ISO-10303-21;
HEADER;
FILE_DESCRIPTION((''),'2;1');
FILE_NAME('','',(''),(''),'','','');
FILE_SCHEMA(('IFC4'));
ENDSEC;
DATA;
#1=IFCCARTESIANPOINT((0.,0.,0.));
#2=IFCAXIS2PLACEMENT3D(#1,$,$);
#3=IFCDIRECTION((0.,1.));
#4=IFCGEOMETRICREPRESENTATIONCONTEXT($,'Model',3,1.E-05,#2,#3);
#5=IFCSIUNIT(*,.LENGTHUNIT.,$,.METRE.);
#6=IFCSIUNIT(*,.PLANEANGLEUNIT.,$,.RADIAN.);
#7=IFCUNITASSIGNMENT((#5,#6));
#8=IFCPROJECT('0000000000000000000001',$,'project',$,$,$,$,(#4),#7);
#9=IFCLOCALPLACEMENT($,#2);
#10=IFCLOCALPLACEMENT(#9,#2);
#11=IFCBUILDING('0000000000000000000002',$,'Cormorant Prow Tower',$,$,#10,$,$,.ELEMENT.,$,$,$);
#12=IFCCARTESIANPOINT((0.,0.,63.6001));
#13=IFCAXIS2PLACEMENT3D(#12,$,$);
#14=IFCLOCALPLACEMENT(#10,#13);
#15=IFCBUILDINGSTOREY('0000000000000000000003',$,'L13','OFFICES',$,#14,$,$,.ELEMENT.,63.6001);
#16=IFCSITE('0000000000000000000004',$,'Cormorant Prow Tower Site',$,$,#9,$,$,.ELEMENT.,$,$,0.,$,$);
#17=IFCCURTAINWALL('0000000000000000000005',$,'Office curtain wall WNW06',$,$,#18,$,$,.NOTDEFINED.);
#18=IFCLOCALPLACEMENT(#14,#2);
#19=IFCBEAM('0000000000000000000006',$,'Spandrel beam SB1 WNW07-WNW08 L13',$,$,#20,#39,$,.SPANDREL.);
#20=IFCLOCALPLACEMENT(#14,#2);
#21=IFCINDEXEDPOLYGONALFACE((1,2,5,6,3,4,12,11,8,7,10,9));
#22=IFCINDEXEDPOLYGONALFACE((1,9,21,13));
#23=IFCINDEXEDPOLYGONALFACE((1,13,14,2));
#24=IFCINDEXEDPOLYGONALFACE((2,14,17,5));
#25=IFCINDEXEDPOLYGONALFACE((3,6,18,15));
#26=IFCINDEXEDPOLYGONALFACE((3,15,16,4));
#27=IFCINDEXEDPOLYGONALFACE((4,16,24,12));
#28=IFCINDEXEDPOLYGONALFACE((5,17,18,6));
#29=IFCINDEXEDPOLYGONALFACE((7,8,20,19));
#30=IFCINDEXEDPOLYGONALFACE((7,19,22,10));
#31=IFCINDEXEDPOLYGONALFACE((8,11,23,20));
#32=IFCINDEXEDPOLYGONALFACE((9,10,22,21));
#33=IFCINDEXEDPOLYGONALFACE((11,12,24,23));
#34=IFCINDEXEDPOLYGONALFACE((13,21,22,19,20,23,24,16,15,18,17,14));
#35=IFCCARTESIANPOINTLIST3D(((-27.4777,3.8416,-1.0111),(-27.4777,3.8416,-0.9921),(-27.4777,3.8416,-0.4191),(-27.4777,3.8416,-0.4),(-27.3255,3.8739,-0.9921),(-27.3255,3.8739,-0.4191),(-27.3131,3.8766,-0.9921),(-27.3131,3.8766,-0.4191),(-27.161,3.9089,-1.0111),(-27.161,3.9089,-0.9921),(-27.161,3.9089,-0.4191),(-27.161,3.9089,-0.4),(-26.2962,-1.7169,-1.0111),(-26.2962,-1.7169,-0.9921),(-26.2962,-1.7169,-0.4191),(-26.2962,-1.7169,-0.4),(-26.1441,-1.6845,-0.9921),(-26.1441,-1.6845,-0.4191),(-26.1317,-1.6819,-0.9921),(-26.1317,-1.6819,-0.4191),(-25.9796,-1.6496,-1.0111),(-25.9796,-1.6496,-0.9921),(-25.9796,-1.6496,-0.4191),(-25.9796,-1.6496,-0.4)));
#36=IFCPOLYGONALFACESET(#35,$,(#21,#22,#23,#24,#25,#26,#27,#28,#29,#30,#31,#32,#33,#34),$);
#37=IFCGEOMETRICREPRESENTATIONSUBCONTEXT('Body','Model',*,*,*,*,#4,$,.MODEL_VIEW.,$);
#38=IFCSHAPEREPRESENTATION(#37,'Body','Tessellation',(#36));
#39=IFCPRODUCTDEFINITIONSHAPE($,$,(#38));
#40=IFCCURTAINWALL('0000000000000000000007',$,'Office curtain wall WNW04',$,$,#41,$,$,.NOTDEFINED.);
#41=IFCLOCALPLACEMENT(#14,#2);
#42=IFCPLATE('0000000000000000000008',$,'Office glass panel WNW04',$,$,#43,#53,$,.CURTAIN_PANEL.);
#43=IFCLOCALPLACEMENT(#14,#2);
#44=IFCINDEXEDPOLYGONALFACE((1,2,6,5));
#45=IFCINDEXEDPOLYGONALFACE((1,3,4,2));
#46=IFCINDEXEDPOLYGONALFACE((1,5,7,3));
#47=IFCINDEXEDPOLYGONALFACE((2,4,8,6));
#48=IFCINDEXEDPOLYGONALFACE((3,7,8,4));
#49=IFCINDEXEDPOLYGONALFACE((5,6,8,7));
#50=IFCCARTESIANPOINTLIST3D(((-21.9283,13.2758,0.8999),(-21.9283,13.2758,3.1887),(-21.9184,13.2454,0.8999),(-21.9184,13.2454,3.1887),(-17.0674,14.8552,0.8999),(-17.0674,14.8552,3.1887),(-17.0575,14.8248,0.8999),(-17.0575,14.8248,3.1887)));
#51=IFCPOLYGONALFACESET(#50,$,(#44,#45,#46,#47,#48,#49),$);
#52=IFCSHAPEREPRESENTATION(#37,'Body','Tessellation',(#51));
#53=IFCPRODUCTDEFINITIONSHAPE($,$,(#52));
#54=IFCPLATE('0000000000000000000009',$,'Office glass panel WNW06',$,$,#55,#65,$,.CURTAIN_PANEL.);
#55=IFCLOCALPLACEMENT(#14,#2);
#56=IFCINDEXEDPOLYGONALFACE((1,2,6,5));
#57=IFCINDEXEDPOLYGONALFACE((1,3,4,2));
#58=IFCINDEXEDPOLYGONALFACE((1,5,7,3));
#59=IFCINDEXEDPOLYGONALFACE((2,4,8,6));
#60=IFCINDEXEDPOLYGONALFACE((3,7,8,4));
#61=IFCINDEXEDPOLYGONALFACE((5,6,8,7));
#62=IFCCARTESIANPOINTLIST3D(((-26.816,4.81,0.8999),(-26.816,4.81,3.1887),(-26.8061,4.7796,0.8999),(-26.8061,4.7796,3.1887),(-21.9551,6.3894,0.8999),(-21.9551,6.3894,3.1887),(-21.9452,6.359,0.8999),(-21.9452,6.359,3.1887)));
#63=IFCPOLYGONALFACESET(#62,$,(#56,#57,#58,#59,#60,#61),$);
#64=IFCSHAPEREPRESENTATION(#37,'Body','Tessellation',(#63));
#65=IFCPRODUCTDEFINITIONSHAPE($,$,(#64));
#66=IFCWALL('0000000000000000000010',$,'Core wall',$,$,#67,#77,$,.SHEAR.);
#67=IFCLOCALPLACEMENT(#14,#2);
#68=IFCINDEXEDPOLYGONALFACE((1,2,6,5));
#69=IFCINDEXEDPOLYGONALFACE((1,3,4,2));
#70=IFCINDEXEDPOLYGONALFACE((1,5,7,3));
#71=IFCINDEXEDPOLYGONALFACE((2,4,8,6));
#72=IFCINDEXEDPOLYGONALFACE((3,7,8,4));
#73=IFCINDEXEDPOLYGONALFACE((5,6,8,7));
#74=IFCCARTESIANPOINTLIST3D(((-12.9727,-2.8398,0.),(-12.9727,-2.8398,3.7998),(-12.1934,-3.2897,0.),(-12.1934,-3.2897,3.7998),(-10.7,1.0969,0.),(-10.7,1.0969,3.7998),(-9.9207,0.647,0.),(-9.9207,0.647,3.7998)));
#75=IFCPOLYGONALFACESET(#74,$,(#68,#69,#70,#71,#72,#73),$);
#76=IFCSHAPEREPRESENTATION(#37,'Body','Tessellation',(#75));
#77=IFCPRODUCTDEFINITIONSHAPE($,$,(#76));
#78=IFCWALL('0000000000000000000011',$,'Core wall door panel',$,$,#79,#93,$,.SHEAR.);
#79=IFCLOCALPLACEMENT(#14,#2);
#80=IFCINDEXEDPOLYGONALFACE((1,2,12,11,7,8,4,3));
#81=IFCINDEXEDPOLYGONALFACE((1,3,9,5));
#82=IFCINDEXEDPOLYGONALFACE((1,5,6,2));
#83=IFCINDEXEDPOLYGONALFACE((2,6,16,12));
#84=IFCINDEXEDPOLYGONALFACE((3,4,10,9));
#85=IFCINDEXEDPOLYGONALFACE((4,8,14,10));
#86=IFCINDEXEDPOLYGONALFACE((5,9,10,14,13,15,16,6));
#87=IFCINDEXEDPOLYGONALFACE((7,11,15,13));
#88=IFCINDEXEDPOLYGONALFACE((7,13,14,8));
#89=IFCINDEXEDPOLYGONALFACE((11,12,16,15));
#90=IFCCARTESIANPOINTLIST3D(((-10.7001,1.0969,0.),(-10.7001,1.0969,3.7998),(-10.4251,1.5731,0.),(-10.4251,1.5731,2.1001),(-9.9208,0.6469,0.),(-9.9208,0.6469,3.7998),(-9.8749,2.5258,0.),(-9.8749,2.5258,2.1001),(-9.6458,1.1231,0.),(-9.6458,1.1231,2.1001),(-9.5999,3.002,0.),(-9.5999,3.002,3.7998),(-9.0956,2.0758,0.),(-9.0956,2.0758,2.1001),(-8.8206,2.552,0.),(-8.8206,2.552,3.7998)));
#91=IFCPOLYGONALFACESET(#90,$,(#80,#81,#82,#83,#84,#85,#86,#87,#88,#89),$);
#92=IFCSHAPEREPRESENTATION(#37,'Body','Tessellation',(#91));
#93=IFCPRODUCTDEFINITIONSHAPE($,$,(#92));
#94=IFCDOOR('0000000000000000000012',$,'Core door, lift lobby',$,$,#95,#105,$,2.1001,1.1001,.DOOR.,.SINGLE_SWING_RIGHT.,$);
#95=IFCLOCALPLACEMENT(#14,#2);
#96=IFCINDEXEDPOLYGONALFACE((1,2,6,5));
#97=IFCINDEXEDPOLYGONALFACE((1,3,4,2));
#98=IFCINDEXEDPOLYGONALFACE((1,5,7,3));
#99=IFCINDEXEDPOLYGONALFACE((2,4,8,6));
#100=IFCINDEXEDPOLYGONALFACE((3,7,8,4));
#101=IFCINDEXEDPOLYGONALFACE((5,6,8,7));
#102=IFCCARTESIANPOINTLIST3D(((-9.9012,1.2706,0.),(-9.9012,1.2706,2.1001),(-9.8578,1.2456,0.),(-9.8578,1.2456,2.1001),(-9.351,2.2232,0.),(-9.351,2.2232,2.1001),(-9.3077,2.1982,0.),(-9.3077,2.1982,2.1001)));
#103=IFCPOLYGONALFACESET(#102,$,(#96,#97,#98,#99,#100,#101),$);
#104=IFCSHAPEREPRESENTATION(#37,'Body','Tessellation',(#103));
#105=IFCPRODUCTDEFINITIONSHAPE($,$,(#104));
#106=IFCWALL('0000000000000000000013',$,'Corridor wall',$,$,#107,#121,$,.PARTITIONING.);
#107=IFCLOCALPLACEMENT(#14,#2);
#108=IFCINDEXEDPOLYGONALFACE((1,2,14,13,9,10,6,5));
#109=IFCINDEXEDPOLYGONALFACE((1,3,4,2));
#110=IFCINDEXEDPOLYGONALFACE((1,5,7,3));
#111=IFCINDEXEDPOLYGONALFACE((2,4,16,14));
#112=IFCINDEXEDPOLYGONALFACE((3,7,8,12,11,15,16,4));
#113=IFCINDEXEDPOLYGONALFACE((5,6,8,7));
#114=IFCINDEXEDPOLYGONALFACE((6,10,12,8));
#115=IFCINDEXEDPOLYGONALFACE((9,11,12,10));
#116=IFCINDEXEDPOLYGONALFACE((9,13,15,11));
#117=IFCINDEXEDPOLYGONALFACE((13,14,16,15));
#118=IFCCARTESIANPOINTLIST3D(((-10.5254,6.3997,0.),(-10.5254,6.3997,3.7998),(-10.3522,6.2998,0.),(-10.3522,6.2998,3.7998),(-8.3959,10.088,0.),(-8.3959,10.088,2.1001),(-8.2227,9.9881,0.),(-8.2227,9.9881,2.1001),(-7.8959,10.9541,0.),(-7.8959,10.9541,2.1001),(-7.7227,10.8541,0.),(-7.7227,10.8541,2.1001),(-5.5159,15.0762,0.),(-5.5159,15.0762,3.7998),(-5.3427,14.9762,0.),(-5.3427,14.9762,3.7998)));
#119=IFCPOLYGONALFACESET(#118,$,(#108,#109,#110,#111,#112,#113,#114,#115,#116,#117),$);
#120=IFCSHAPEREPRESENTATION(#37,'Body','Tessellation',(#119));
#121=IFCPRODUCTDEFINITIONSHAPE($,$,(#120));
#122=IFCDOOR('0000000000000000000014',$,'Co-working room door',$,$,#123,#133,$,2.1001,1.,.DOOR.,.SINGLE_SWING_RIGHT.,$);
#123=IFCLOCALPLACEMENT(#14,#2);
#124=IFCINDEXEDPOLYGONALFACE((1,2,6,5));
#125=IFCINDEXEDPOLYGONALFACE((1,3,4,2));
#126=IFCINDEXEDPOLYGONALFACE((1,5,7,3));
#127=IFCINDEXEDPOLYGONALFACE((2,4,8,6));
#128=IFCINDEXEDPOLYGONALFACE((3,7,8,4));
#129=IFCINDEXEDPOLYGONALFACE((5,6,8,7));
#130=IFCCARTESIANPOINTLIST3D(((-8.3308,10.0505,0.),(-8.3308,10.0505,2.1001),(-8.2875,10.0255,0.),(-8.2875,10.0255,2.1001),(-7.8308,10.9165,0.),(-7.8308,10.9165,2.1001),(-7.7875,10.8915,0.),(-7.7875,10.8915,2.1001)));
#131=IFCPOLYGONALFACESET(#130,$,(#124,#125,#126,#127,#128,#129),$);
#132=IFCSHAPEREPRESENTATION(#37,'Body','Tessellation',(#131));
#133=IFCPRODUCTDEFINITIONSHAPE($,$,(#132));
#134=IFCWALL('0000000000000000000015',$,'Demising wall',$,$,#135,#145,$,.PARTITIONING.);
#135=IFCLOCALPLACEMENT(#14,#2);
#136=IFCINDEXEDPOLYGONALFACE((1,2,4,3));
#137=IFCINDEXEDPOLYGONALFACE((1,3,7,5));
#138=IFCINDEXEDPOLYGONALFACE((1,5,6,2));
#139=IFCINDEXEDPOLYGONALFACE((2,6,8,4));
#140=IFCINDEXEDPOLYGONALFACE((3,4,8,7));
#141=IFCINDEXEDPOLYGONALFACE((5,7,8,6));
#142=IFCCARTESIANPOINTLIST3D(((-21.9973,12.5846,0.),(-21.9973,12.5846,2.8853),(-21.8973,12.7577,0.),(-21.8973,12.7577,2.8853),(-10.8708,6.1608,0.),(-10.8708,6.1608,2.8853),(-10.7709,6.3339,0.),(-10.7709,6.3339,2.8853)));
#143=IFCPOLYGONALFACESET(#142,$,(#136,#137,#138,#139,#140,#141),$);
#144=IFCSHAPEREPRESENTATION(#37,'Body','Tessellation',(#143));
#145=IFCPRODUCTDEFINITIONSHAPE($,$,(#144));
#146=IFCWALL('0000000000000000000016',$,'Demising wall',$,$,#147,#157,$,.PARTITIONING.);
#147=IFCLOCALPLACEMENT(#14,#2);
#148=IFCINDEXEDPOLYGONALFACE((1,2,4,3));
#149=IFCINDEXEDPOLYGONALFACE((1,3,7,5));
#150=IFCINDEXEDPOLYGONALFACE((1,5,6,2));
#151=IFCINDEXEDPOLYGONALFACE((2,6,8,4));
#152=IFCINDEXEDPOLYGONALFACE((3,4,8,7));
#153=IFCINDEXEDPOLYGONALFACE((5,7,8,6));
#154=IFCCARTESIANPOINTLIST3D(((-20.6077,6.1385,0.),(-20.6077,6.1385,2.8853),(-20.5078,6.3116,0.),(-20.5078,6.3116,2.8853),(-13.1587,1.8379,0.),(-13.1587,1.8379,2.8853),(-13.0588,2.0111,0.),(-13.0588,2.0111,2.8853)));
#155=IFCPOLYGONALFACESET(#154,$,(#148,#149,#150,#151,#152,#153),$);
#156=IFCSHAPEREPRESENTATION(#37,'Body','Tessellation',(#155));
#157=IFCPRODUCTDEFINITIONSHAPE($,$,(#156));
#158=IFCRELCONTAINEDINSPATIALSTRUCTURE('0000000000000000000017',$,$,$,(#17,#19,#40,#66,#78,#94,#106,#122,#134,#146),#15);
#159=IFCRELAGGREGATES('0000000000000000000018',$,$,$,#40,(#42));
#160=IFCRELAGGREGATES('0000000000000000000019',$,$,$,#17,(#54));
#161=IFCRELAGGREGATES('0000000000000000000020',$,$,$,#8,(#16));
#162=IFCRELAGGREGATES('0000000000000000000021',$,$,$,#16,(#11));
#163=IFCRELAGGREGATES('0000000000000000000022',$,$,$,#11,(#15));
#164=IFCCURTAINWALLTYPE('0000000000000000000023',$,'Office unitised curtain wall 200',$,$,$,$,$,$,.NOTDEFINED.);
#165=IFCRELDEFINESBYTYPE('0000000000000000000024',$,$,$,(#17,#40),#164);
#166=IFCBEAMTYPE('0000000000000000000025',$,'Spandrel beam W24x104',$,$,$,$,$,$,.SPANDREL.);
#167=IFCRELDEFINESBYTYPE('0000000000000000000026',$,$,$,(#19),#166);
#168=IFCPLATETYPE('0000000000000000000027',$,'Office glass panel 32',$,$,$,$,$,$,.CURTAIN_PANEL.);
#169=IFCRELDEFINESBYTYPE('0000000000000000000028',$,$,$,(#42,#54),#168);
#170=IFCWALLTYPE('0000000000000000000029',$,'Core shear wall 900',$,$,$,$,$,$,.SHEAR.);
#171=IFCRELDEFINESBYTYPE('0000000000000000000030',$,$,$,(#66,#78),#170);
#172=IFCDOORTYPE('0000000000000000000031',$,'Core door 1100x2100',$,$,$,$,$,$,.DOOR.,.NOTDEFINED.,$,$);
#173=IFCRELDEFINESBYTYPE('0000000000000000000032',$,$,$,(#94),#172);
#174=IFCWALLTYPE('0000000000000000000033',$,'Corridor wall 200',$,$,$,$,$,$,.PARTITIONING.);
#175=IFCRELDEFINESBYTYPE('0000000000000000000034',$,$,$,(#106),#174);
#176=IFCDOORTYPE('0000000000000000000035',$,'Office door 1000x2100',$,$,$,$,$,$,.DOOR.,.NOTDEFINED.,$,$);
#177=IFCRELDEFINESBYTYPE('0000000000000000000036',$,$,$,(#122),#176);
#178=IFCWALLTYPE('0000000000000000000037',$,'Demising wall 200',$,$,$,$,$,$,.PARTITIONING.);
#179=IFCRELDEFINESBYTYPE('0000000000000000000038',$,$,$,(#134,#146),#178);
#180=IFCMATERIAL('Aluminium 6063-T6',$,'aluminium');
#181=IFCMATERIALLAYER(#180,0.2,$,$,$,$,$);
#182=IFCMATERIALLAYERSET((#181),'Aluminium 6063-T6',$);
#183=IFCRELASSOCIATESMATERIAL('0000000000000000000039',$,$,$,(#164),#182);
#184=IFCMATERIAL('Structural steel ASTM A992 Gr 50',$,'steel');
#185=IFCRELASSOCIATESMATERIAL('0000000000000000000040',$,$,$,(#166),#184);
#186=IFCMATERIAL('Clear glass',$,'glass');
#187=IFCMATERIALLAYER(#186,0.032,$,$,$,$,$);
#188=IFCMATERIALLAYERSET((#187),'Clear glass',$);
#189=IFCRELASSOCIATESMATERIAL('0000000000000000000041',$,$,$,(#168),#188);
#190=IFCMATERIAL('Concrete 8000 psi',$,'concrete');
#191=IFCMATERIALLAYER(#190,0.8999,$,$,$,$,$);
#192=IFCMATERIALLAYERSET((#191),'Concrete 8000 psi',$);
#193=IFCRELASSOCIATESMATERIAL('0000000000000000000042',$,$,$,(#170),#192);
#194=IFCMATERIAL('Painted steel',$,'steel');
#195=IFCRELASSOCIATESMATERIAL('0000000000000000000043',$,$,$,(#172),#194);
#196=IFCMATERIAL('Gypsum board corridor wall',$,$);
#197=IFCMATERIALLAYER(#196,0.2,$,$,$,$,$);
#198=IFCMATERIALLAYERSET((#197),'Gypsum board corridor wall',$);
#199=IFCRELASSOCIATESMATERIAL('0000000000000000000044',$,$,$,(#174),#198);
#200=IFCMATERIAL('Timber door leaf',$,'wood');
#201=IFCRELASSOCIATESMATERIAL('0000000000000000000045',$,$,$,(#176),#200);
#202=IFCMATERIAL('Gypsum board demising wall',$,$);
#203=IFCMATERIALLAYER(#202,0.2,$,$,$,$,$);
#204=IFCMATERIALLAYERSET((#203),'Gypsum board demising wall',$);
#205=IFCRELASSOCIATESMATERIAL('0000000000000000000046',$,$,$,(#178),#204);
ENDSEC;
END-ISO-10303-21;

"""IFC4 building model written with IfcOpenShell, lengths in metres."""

from ifc_helpers import new_model, si_unit, direction, frame, frame_2d, origin, origin_2d, place, context, subcontext, project, spatial, rectangle, i_section, extrude, material, layer, layer_set, material_profile, profile_set, type_object, element, fill, aggregate, save


model = new_model("IFC4")

# Units and contexts
model_context = context("Model", 3, precision=1e-05, world=origin(), true_north=direction((0.0, 1.0)))
body_context = subcontext(model_context, "Body", "Model", "MODEL_VIEW")
ifc_project = project(units=[si_unit("LENGTHUNIT", "METRE"), si_unit("PLANEANGLEUNIT", "RADIAN")], contexts=[model_context])

# Site, building, storey
site_placement = place(None, origin())
site = spatial("IfcSite", under=ifc_project, at=site_placement, Name="Cormorant Prow Tower Site", CompositionType="ELEMENT", RefElevation=0.0)
building_placement = place(site_placement, origin())
building = spatial("IfcBuilding", under=site, at=building_placement, Name="Cormorant Prow Tower", CompositionType="ELEMENT")
storey_placement = place(building_placement, frame((0.0, 0.0, 63.6001)))
storey = spatial("IfcBuildingStorey", under=building, at=storey_placement, Name="L13", Description="OFFICES", CompositionType="ELEMENT", Elevation=63.6001)

# Curtain wall
ifc_material_1 = material(Name="Aluminium 6063-T6", Category="aluminium")
ifc_layer_1 = layer(ifc_material_1, 0.2)
ifc_layer_set_1 = layer_set([ifc_layer_1], Name="Aluminium 6063-T6")
curtain_wall_type = type_object("IfcCurtainWallType", Name="Office unitised curtain wall 200", PredefinedType="NOTDEFINED", material=ifc_layer_set_1)
curtain_wall_1_placement = place(storey_placement, origin())
curtain_wall_1 = element("IfcCurtainWall", 1, at=curtain_wall_1_placement, inside=storey, type_object=curtain_wall_type, Name="Office curtain wall WNW06", PredefinedType="NOTDEFINED")

# Beam
ifc_material_2 = material(Name="Structural steel ASTM A992 Gr 50", Category="steel")
ifc_material_profile_1 = material_profile(ifc_material_2, i_section(OverallWidth=0.3237, OverallDepth=0.6111, WebThickness=0.0127, FlangeThickness=0.019, at=origin_2d()), Name="W24x104")
ifc_profile_set_1 = profile_set([ifc_material_profile_1], Name="Structural steel ASTM A992 Gr 50")
beam_type_1 = type_object("IfcBeamType", Name="Spandrel beam W24x104", PredefinedType="SPANDREL", material=ifc_profile_set_1)
beam_1_placement = place(storey_placement, frame((-27.3193, 3.8752, -0.7056), z_axis=(0.2079, -0.97815, 0.0), x_axis=(0.97815, 0.2079, 0.0)))
element("IfcBeam", 2, at=beam_1_placement, inside=storey, type_object=beam_type_1, Name="Spandrel beam SB1 WNW07-WNW08 L13", PredefinedType="SPANDREL", context=body_context, shape_type="SweptSolid", body=[
    extrude(i_section(OverallWidth=0.3237, OverallDepth=0.6111, WebThickness=0.0127, FlangeThickness=0.019, at=origin_2d()), origin(), (0.0, 0.0, 1.0), 5.6826),
])

# Curtain wall, plate
curtain_wall_2_placement = place(storey_placement, origin())
curtain_wall_2 = element("IfcCurtainWall", 3, at=curtain_wall_2_placement, inside=storey, type_object=curtain_wall_type, Name="Office curtain wall WNW04", PredefinedType="NOTDEFINED")
ifc_material_3 = material(Name="Clear glass", Category="glass")
ifc_layer_2 = layer(ifc_material_3, 0.032)
ifc_layer_set_2 = layer_set([ifc_layer_2], Name="Clear glass")
plate_type = type_object("IfcPlateType", Name="Office glass panel 32", PredefinedType="CURTAIN_PANEL", material=ifc_layer_set_2)
plate_1_placement = place(storey_placement, frame((-19.4929, 14.0503, 0.8999), z_axis=(0.0, 0.0, 1.0), x_axis=(-0.951056, -0.309017, 0.0)))
plate_1 = element("IfcPlate", 4, at=plate_1_placement, type_object=plate_type, Name="Office glass panel WNW04", PredefinedType="CURTAIN_PANEL", context=body_context, shape_type="SweptSolid", body=[
    extrude(rectangle(XDim=5.1111, YDim=0.032, at=origin_2d()), origin(), (0.0, 0.0, 1.0), 2.2888),
])
aggregate(curtain_wall_2, [plate_1])

# Plate
plate_2_placement = place(storey_placement, frame((-24.3806, 5.5845, 0.8999), z_axis=(0.0, 0.0, 1.0), x_axis=(-0.951057, -0.309017, 0.0)))
plate_2 = element("IfcPlate", 5, at=plate_2_placement, type_object=plate_type, Name="Office glass panel WNW06", PredefinedType="CURTAIN_PANEL", context=body_context, shape_type="SweptSolid", body=[
    extrude(rectangle(XDim=5.1111, YDim=0.032, at=origin_2d()), origin(), (0.0, 0.0, 1.0), 2.2888),
])
aggregate(curtain_wall_1, [plate_2])

# Wall
ifc_material_4 = material(Name="Concrete 8000 psi", Category="concrete")
ifc_layer_3 = layer(ifc_material_4, 0.8999)
ifc_layer_set_3 = layer_set([ifc_layer_3], Name="Concrete 8000 psi")
wall_type_1 = type_object("IfcWallType", Name="Core shear wall 900", PredefinedType="SHEAR", material=ifc_layer_set_3)
wall_1_placement = place(storey_placement, frame((-10.3103, 0.8721, 0.0), z_axis=(0.0, 0.0, 1.0), x_axis=(-0.499969, -0.866043, 0.0)))
element("IfcWall", 6, at=wall_1_placement, inside=storey, type_object=wall_type_1, Name="Core wall", PredefinedType="SHEAR", context=body_context, shape_type="SweptSolid", body=[
    extrude(rectangle(XDim=4.5457, YDim=0.8999, at=frame_2d((2.2729, 0.0))), origin(), (0.0, 0.0, 1.0), 3.7998),
])

# Walls, openings, doors
wall_2_placement = place(storey_placement, frame((-9.2102, 2.7771, 0.0), z_axis=(0.0, 0.0, 1.0), x_axis=(-0.500078, -0.86598, 0.0)))
wall_2 = element("IfcWall", 7, at=wall_2_placement, inside=storey, type_object=wall_type_1, Name="Core wall door panel", PredefinedType="SHEAR", context=body_context, shape_type="SweptSolid", body=[
    extrude(rectangle(XDim=2.2, YDim=0.8999, at=frame_2d((1.1001, 0.0))), origin(), (0.0, 0.0, 1.0), 3.7998),
])
opening_1_placement = place(wall_2_placement, frame((0.55, 0.0, 0.0)))
opening_1 = element("IfcOpeningElement", 8, at=opening_1_placement, cuts=wall_2, PredefinedType="OPENING", context=body_context, shape_type="SweptSolid", body=[
    extrude(rectangle(XDim=1.1001, YDim=2.1001, at=frame_2d((0.55, 1.05))), frame((0.0, 0.46, 0.0), z_axis=(0.0, -1.0, 0.0), x_axis=(1.0, 0.0, 0.0)), (0.0, 0.0, 1.0), 0.9199),
])
ifc_material_5 = material(Name="Painted steel", Category="steel")
door_type_1 = type_object("IfcDoorType", Name="Core door 1100x2100", OperationType="NOTDEFINED", PredefinedType="DOOR", material=ifc_material_5)
door_1_placement = place(opening_1_placement, origin())
door_1 = element("IfcDoor", 9, at=door_1_placement, inside=storey, type_object=door_type_1, Name="Core door, lift lobby", OperationType="SINGLE_SWING_RIGHT", OverallHeight=2.1001, OverallWidth=1.1001, PredefinedType="DOOR", context=body_context, shape_type="SweptSolid", body=[
    extrude(rectangle(XDim=1.1001, YDim=2.1001, at=frame_2d((0.55, 1.05))), frame((0.0, 0.2051, 0.0), z_axis=(0.0, -1.0, 0.0), x_axis=(1.0, 0.0, 0.0)), (0.0, 0.0, 1.0), 0.05),
])
fill(opening_1, door_1)
ifc_material_6 = material(Name="Gypsum board corridor wall")
ifc_layer_4 = layer(ifc_material_6, 0.2)
ifc_layer_set_4 = layer_set([ifc_layer_4], Name="Gypsum board corridor wall")
wall_type_2 = type_object("IfcWallType", Name="Corridor wall 200", PredefinedType="PARTITIONING", material=ifc_layer_set_4)
wall_3_placement = place(storey_placement, frame((-10.4387, 6.3499, 0.0), z_axis=(0.0, 0.0, 1.0), x_axis=(0.50001, 0.86602, 0.0)))
wall_3 = element("IfcWall", 10, at=wall_3_placement, inside=storey, type_object=wall_type_2, Name="Corridor wall", PredefinedType="PARTITIONING", context=body_context, shape_type="SweptSolid", body=[
    extrude(rectangle(XDim=10.0188, YDim=0.2, at=frame_2d((5.0093, 0.0))), origin(), (0.0, 0.0, 1.0), 3.7998),
])
opening_2_placement = place(wall_3_placement, frame((4.2588, 0.0, 0.0)))
opening_2 = element("IfcOpeningElement", 11, at=opening_2_placement, cuts=wall_3, PredefinedType="OPENING", context=body_context, shape_type="SweptSolid", body=[
    extrude(rectangle(XDim=1.0, YDim=2.1001, at=frame_2d((0.5, 1.05))), frame((0.0, 0.1099, 0.0), z_axis=(0.0, -1.0, 0.0), x_axis=(1.0, 0.0, 0.0)), (0.0, 0.0, 1.0), 0.22),
])
ifc_material_7 = material(Name="Timber door leaf", Category="wood")
door_type_2 = type_object("IfcDoorType", Name="Office door 1000x2100", OperationType="NOTDEFINED", PredefinedType="DOOR", material=ifc_material_7)
door_2_placement = place(opening_2_placement, origin())
door_2 = element("IfcDoor", 12, at=door_2_placement, inside=storey, type_object=door_type_2, Name="Co-working room door", OperationType="SINGLE_SWING_RIGHT", OverallHeight=2.1001, OverallWidth=1.0, PredefinedType="DOOR", context=body_context, shape_type="SweptSolid", body=[
    extrude(rectangle(XDim=1.0, YDim=2.1001, at=frame_2d((0.5, 1.05))), frame((0.0, 0.0249, 0.0), z_axis=(0.0, -1.0, 0.0), x_axis=(1.0, 0.0, 0.0)), (0.0, 0.0, 1.0), 0.05),
])
fill(opening_2, door_2)

# Walls
ifc_material_8 = material(Name="Gypsum board demising wall")
ifc_layer_5 = layer(ifc_material_8, 0.2)
ifc_layer_set_5 = layer_set([ifc_layer_5], Name="Gypsum board demising wall")
wall_type_3 = type_object("IfcWallType", Name="Demising wall 200", PredefinedType="PARTITIONING", material=ifc_layer_set_5)
wall_4_placement = place(storey_placement, frame((-21.9473, 12.6711, 0.0), z_axis=(0.0, 0.0, 1.0), x_axis=(0.866027, -0.499998, 0.0)))
element("IfcWall", 13, at=wall_4_placement, inside=storey, type_object=wall_type_3, Name="Demising wall", PredefinedType="PARTITIONING", context=body_context, shape_type="SweptSolid", body=[
    extrude(rectangle(XDim=12.8477, YDim=0.2, at=frame_2d((6.4238, 0.0))), origin(), (0.0, 0.0, 1.0), 2.8853),
])
wall_5_placement = place(storey_placement, frame((-20.5579, 6.2251, 0.0), z_axis=(0.0, 0.0, 1.0), x_axis=(0.866032, -0.499989, 0.0)))
element("IfcWall", 14, at=wall_5_placement, inside=storey, type_object=wall_type_3, Name="Demising wall", PredefinedType="PARTITIONING", context=body_context, shape_type="SweptSolid", body=[
    extrude(rectangle(XDim=8.6013, YDim=0.2, at=frame_2d((4.3008, 0.0))), origin(), (0.0, 0.0, 1.0), 2.8853),
])

save(model, "model.ifc")
